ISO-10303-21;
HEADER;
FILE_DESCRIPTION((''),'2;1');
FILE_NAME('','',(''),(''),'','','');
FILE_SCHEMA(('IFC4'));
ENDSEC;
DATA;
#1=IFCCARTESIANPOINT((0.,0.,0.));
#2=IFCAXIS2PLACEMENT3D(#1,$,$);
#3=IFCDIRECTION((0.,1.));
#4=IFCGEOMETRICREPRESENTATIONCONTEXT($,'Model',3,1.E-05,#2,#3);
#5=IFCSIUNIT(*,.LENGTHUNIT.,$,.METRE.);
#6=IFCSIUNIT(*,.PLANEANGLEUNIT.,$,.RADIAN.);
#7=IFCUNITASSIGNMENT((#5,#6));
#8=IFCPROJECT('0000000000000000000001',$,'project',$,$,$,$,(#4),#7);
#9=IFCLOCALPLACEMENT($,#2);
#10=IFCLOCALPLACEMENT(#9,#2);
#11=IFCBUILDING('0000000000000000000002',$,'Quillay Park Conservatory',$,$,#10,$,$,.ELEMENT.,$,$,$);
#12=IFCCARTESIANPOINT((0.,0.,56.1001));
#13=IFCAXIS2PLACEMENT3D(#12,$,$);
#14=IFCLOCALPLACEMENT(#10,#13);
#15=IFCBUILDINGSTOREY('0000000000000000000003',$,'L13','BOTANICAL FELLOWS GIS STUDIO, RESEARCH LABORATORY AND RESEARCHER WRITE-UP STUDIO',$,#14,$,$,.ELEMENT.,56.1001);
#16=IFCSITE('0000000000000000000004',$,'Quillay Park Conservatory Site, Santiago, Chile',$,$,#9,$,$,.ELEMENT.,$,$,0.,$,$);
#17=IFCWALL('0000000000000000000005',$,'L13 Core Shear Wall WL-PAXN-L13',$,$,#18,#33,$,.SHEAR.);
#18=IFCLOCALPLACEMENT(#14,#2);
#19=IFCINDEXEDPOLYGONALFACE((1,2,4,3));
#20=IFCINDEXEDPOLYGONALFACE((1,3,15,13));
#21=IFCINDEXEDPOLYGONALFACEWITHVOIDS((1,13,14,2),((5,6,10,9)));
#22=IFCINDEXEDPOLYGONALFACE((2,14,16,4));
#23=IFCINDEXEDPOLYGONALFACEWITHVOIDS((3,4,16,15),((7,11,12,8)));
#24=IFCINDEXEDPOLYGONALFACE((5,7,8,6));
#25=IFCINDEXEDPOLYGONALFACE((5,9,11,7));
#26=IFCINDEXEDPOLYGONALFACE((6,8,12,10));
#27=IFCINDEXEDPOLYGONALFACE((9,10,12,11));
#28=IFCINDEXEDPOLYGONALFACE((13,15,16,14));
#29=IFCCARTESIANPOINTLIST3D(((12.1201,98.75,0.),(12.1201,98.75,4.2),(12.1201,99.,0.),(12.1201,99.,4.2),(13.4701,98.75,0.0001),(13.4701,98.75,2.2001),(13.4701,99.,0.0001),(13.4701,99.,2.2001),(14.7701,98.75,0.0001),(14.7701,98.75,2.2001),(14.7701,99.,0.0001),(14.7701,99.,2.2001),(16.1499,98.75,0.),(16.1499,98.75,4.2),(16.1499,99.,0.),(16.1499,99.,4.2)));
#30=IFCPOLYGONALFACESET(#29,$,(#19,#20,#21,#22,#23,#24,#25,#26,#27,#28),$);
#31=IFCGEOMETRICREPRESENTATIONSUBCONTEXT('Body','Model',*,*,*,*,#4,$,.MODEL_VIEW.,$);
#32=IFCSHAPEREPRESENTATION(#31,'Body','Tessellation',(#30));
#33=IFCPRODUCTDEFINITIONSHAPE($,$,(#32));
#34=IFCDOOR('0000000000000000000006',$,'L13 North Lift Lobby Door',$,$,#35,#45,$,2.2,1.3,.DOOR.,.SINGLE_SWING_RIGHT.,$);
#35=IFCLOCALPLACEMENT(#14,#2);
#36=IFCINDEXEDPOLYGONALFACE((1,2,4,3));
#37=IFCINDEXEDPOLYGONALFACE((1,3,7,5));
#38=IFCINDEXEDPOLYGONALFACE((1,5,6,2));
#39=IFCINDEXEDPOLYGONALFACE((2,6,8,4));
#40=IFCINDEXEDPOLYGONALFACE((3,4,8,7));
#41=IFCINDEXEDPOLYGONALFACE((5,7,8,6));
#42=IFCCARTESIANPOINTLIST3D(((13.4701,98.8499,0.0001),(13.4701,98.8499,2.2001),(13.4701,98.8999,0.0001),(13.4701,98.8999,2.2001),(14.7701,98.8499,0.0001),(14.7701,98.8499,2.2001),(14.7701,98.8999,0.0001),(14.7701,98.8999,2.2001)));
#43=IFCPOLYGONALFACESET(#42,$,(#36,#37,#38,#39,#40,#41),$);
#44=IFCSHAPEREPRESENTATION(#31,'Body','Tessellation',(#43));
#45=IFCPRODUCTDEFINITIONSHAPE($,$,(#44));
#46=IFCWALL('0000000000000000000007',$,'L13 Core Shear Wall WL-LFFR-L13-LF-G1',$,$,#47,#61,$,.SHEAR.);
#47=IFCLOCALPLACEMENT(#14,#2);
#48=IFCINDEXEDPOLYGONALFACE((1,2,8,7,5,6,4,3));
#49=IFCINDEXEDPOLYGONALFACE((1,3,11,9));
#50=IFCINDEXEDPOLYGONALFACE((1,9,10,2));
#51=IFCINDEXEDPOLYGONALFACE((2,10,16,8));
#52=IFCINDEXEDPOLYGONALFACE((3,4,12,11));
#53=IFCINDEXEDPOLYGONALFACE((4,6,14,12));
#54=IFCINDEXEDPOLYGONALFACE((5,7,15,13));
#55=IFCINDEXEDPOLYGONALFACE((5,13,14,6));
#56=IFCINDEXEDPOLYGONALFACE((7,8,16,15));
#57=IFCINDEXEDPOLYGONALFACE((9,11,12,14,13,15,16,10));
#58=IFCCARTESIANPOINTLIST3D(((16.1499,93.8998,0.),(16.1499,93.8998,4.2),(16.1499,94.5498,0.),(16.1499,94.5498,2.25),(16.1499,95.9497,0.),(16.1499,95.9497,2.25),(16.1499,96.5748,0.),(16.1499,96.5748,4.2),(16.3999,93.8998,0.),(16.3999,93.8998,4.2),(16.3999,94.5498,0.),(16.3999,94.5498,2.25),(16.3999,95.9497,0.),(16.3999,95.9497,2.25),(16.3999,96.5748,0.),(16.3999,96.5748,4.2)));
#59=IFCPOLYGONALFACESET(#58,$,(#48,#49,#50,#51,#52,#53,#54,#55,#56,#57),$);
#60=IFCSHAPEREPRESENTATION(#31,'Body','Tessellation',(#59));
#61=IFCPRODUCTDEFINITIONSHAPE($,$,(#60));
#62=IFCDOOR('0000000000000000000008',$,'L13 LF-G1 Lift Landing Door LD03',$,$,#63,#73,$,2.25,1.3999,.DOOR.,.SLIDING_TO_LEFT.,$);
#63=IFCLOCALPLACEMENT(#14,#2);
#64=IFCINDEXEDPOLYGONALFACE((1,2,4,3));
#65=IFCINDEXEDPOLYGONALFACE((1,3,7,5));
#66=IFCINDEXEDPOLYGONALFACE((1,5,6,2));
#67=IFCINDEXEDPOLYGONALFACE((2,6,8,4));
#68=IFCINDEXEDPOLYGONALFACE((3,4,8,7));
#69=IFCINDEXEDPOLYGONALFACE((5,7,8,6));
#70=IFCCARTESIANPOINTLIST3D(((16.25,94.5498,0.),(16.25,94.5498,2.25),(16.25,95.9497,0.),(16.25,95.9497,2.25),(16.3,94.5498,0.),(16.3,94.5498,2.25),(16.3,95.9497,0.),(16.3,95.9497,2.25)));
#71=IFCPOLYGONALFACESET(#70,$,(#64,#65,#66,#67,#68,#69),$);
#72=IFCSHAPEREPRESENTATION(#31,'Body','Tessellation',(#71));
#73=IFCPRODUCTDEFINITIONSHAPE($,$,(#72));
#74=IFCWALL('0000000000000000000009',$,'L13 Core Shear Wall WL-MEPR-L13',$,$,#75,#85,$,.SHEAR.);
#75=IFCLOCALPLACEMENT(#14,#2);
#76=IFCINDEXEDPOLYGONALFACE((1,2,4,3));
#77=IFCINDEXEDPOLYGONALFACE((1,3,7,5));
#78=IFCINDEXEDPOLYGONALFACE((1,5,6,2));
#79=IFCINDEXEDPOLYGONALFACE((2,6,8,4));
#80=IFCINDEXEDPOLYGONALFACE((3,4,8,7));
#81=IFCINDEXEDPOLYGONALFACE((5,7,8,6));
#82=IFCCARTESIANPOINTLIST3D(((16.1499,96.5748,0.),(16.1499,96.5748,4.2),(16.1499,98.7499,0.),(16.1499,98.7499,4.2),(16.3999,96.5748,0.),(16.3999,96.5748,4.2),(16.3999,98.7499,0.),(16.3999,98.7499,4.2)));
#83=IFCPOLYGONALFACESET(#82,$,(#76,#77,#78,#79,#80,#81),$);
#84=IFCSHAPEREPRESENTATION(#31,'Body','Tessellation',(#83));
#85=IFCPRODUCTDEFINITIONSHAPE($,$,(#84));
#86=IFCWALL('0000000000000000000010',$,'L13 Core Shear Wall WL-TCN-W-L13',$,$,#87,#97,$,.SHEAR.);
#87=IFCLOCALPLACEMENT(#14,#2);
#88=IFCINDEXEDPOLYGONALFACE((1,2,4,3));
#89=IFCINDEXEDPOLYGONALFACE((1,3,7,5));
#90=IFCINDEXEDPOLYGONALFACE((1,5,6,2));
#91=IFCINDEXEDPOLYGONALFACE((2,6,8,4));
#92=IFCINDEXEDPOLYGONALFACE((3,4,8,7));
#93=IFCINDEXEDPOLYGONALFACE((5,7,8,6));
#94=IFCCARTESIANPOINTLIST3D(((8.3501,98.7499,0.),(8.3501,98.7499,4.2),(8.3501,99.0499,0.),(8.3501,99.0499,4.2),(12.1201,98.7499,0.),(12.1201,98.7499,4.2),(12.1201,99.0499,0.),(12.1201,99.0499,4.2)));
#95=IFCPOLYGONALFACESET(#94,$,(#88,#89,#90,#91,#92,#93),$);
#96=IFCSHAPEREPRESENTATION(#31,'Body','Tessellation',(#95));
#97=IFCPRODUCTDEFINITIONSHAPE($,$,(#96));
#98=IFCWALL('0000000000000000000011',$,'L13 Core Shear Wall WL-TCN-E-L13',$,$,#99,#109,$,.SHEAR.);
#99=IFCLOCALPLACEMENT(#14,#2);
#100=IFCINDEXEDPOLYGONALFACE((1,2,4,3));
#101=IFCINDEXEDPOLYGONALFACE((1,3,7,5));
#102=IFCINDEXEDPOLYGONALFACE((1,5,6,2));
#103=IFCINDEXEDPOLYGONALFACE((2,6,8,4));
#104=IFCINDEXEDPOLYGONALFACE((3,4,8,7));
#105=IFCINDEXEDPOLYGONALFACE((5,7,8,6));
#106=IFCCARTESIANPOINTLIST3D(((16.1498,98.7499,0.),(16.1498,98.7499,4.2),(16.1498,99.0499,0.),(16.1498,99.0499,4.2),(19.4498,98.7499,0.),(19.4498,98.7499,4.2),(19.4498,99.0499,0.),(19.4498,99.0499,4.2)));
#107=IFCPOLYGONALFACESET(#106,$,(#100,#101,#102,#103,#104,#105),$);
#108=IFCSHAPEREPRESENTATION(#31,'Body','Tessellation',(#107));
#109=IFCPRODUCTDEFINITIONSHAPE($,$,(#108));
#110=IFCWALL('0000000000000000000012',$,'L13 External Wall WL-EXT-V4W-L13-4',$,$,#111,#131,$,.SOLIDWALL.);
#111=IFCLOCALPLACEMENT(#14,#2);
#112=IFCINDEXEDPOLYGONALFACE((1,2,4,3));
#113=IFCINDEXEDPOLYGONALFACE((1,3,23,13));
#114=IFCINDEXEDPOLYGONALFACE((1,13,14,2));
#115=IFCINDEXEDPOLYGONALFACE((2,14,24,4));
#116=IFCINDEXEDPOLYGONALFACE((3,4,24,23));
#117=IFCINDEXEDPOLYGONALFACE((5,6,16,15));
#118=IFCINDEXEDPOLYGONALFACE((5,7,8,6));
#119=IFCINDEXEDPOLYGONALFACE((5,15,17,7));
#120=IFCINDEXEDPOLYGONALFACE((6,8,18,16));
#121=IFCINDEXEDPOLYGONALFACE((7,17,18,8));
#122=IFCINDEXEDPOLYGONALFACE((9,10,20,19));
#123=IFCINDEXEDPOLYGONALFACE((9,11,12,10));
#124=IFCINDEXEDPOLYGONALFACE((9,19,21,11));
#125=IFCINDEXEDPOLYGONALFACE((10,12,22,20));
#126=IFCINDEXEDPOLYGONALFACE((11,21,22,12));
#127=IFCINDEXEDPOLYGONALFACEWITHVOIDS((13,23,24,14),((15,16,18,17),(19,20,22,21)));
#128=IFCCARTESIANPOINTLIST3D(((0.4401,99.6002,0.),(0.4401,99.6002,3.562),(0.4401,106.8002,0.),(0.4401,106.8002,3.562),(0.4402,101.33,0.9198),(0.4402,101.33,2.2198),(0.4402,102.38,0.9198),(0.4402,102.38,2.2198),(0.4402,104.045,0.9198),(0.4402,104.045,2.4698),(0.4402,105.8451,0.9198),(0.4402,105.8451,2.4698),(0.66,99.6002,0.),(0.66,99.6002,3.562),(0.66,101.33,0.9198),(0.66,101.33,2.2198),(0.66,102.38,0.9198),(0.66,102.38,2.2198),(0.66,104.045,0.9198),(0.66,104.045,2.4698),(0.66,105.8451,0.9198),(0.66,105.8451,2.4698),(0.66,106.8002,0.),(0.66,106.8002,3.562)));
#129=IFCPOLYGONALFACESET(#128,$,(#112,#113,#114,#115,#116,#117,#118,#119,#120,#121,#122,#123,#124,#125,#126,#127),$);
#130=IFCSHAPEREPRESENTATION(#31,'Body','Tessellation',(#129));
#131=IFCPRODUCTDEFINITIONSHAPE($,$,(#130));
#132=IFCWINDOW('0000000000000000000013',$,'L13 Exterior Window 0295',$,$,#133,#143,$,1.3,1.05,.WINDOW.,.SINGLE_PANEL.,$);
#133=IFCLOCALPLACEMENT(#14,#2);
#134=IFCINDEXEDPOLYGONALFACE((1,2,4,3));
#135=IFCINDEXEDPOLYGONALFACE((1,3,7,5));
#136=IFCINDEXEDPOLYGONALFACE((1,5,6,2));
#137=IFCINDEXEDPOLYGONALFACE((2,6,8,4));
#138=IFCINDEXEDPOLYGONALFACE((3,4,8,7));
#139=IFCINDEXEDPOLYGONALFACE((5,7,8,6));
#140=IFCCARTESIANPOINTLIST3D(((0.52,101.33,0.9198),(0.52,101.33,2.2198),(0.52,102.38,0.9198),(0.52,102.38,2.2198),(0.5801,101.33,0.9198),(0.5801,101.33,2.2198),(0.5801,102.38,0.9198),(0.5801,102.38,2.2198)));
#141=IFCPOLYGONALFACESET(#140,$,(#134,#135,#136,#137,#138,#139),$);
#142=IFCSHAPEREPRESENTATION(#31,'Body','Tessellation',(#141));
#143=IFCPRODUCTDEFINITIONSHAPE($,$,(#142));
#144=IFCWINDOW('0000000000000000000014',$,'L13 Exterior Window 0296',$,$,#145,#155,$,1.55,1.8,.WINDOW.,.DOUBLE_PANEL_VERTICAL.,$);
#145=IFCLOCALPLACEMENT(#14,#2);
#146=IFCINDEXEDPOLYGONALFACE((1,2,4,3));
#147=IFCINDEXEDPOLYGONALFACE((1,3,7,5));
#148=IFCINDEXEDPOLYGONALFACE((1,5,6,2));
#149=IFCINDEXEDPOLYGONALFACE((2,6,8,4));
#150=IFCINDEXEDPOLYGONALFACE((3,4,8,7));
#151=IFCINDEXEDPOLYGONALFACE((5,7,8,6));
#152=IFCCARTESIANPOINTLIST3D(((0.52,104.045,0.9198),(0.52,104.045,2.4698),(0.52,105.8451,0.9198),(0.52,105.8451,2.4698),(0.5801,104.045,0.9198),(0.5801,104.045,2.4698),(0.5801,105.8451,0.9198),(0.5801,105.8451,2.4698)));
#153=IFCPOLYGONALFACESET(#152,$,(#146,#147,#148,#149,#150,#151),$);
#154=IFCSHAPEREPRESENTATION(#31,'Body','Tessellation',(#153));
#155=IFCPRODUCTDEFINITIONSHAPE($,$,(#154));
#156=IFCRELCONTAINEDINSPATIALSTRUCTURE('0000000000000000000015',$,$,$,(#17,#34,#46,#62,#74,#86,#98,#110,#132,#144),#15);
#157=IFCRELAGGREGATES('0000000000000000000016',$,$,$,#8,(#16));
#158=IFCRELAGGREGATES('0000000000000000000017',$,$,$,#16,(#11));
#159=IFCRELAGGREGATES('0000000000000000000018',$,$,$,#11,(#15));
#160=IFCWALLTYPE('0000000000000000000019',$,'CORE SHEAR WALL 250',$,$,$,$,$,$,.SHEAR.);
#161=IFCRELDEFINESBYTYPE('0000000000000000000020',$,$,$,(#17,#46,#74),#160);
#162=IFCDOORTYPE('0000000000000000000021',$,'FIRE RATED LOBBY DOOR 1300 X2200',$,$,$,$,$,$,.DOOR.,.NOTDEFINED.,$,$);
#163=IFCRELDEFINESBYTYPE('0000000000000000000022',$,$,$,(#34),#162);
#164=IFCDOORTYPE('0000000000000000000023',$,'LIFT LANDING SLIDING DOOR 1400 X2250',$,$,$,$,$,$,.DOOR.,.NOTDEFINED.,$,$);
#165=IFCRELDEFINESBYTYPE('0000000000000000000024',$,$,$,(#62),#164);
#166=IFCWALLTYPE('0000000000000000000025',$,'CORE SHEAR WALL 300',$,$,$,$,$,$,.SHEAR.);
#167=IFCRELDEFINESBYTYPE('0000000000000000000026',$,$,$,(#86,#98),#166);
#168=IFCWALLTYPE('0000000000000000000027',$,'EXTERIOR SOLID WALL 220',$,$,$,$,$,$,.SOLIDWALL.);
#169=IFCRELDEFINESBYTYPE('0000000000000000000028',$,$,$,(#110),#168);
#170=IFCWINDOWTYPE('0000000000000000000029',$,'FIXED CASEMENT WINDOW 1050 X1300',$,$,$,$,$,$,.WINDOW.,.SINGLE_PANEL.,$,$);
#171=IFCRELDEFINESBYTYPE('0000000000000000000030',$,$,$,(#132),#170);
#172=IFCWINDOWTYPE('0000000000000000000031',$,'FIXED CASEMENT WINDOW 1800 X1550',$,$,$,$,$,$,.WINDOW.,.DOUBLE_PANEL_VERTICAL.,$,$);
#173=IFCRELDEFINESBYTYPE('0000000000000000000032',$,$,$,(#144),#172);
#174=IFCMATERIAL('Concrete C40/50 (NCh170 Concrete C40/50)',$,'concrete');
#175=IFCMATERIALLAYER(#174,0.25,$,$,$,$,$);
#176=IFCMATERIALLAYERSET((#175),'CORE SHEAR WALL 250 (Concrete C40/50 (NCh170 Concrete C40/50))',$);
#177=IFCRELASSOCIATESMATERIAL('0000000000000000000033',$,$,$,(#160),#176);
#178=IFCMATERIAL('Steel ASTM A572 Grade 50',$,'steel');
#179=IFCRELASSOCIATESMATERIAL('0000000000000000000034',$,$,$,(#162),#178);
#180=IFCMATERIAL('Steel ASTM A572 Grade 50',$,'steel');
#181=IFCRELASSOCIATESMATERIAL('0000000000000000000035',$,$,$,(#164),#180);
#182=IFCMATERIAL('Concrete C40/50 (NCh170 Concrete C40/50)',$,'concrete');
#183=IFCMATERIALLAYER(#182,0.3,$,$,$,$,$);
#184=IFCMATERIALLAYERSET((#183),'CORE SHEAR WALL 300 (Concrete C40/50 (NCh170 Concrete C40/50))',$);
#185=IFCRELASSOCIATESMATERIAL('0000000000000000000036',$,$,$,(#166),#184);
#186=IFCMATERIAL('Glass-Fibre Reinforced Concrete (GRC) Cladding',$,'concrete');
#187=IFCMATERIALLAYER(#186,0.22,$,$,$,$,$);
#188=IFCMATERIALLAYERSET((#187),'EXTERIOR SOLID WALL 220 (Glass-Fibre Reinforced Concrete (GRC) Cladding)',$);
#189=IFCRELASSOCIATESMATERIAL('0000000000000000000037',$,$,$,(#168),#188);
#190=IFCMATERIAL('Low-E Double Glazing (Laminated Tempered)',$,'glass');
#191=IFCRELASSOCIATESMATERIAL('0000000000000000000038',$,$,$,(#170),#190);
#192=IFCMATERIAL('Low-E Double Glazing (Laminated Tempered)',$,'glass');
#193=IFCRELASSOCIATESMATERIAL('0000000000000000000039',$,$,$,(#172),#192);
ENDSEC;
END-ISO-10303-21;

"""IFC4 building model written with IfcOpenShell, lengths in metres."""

from ifc_helpers import new_model, si_unit, direction, frame, frame_2d, origin, place, context, subcontext, project, spatial, rectangle, extrude, material, layer, layer_set, type_object, element, fill, save


model = new_model("IFC4")

# Units and contexts
model_context = context("Model", 3, precision=1e-05, world=origin(), true_north=direction((0.0, 1.0)))
body_context = subcontext(model_context, "Body", "Model", "MODEL_VIEW")
ifc_project = project(units=[si_unit("LENGTHUNIT", "METRE"), si_unit("PLANEANGLEUNIT", "RADIAN")], contexts=[model_context])

# Site, building, storey
site_placement = place(None, origin())
site = spatial("IfcSite", under=ifc_project, at=site_placement, Name="Quillay Park Conservatory Site, Santiago, Chile", CompositionType="ELEMENT", RefElevation=0.0)
building_placement = place(site_placement, origin())
building = spatial("IfcBuilding", under=site, at=building_placement, Name="Quillay Park Conservatory", CompositionType="ELEMENT")
storey_placement = place(building_placement, frame((0.0, 0.0, 56.1001)))
storey = spatial("IfcBuildingStorey", under=building, at=storey_placement, Name="L13", Description="BOTANICAL FELLOWS GIS STUDIO, RESEARCH LABORATORY AND RESEARCHER WRITE-UP STUDIO", CompositionType="ELEMENT", Elevation=56.1001)

# Walls, openings, doors
ifc_material_1 = material(Name="Concrete C40/50 (NCh170 Concrete C40/50)", Category="concrete")
ifc_layer_1 = layer(ifc_material_1, 0.25)
ifc_layer_set_1 = layer_set([ifc_layer_1], Name="CORE SHEAR WALL 250 (Concrete C40/50 (NCh170 Concrete C40/50))")
wall_type_1 = type_object("IfcWallType", Name="CORE SHEAR WALL 250", PredefinedType="SHEAR", material=ifc_layer_set_1)
wall_1_placement = place(storey_placement, frame((12.1201, 98.875, 0.0), z_axis=(0.0, 0.0, 1.0), x_axis=(1.0, 0.0, 0.0)))
wall_1 = element("IfcWall", 1, at=wall_1_placement, inside=storey, type_object=wall_type_1, Name="L13 Core Shear Wall WL-PAXN-L13", PredefinedType="SHEAR", context=body_context, shape_type="SweptSolid", body=[
    extrude(rectangle(XDim=4.0298, YDim=0.25, at=frame_2d((2.0149, 0.0))), origin(), (0.0, 0.0, 1.0), 4.2),
])
opening_1_placement = place(wall_1_placement, frame((1.3501, 0.0, 0.0)))
opening_1 = element("IfcOpeningElement", 2, at=opening_1_placement, cuts=wall_1, PredefinedType="OPENING", context=body_context, shape_type="SweptSolid", body=[
    extrude(rectangle(XDim=1.3, YDim=2.2, at=frame_2d((0.6499, 1.1001))), frame((0.0, 0.125, 0.0), z_axis=(0.0, -1.0, 0.0), x_axis=(1.0, 0.0, 0.0)), (0.0, 0.0, 1.0), 0.25),
])
ifc_material_2 = material(Name="Steel ASTM A572 Grade 50", Category="steel")
door_type_1 = type_object("IfcDoorType", Name="FIRE RATED LOBBY DOOR 1300 X2200", OperationType="NOTDEFINED", PredefinedType="DOOR", material=ifc_material_2)
door_1_placement = place(opening_1_placement, origin())
door_1 = element("IfcDoor", 3, at=door_1_placement, inside=storey, type_object=door_type_1, Name="L13 North Lift Lobby Door", OperationType="SINGLE_SWING_RIGHT", OverallHeight=2.2, OverallWidth=1.3, PredefinedType="DOOR", context=body_context, shape_type="SweptSolid", body=[
    extrude(rectangle(XDim=1.3, YDim=2.2, at=frame_2d((0.6499, 1.1001))), frame((0.0, 0.0249, 0.0), z_axis=(0.0, -1.0, 0.0), x_axis=(1.0, 0.0, 0.0)), (0.0, 0.0, 1.0), 0.05),
])
fill(opening_1, door_1)
wall_2_placement = place(storey_placement, frame((16.2749, 93.8999, 0.0), z_axis=(0.0, 0.0, 1.0), x_axis=(0.0, 1.0, 0.0)))
wall_2 = element("IfcWall", 4, at=wall_2_placement, inside=storey, type_object=wall_type_1, Name="L13 Core Shear Wall WL-LFFR-L13-LF-G1", PredefinedType="SHEAR", context=body_context, shape_type="SweptSolid", body=[
    extrude(rectangle(XDim=2.675, YDim=0.25, at=frame_2d((1.3374, 0.0))), origin(), (0.0, 0.0, 1.0), 4.2),
])
opening_2_placement = place(wall_2_placement, frame((0.6499, 0.0, 0.0)))
opening_2 = element("IfcOpeningElement", 5, at=opening_2_placement, cuts=wall_2, PredefinedType="OPENING", context=body_context, shape_type="SweptSolid", body=[
    extrude(rectangle(XDim=1.3999, YDim=2.25, at=frame_2d((0.7, 1.125))), frame((0.0, 0.125, 0.0), z_axis=(0.0, -1.0, 0.0), x_axis=(1.0, 0.0, 0.0)), (0.0, 0.0, 1.0), 0.25),
])
ifc_material_3 = material(Name="Steel ASTM A572 Grade 50", Category="steel")
door_type_2 = type_object("IfcDoorType", Name="LIFT LANDING SLIDING DOOR 1400 X2250", OperationType="NOTDEFINED", PredefinedType="DOOR", material=ifc_material_3)
door_2_placement = place(opening_2_placement, origin())
door_2 = element("IfcDoor", 6, at=door_2_placement, inside=storey, type_object=door_type_2, Name="L13 LF-G1 Lift Landing Door LD03", OperationType="SLIDING_TO_LEFT", OverallHeight=2.25, OverallWidth=1.3999, PredefinedType="DOOR", context=body_context, shape_type="SweptSolid", body=[
    extrude(rectangle(XDim=1.3999, YDim=2.25, at=frame_2d((0.7, 1.125))), frame((0.0, 0.0249, 0.0), z_axis=(0.0, -1.0, 0.0), x_axis=(1.0, 0.0, 0.0)), (0.0, 0.0, 1.0), 0.05),
])
fill(opening_2, door_2)

# Walls
wall_3_placement = place(storey_placement, frame((16.2749, 96.575, 0.0), z_axis=(0.0, 0.0, 1.0), x_axis=(0.0, 1.0, 0.0)))
element("IfcWall", 7, at=wall_3_placement, inside=storey, type_object=wall_type_1, Name="L13 Core Shear Wall WL-MEPR-L13", PredefinedType="SHEAR", context=body_context, shape_type="SweptSolid", body=[
    extrude(rectangle(XDim=2.175, YDim=0.25, at=frame_2d((1.0874, 0.0))), origin(), (0.0, 0.0, 1.0), 4.2),
])
ifc_material_4 = material(Name="Concrete C40/50 (NCh170 Concrete C40/50)", Category="concrete")
ifc_layer_2 = layer(ifc_material_4, 0.3)
ifc_layer_set_2 = layer_set([ifc_layer_2], Name="CORE SHEAR WALL 300 (Concrete C40/50 (NCh170 Concrete C40/50))")
wall_type_2 = type_object("IfcWallType", Name="CORE SHEAR WALL 300", PredefinedType="SHEAR", material=ifc_layer_set_2)
wall_4_placement = place(storey_placement, frame((8.3501, 98.8999, 0.0), z_axis=(0.0, 0.0, 1.0), x_axis=(1.0, 0.0, 0.0)))
element("IfcWall", 8, at=wall_4_placement, inside=storey, type_object=wall_type_2, Name="L13 Core Shear Wall WL-TCN-W-L13", PredefinedType="SHEAR", context=body_context, shape_type="SweptSolid", body=[
    extrude(rectangle(XDim=3.77, YDim=0.3, at=frame_2d((1.885, 0.0))), origin(), (0.0, 0.0, 1.0), 4.2),
])
wall_5_placement = place(storey_placement, frame((16.1499, 98.8999, 0.0), z_axis=(0.0, 0.0, 1.0), x_axis=(1.0, 0.0, 0.0)))
element("IfcWall", 9, at=wall_5_placement, inside=storey, type_object=wall_type_2, Name="L13 Core Shear Wall WL-TCN-E-L13", PredefinedType="SHEAR", context=body_context, shape_type="SweptSolid", body=[
    extrude(rectangle(XDim=3.3, YDim=0.3, at=frame_2d((1.6499, 0.0))), origin(), (0.0, 0.0, 1.0), 4.2),
])

# Wall, openings, windows
ifc_material_5 = material(Name="Glass-Fibre Reinforced Concrete (GRC) Cladding", Category="concrete")
ifc_layer_3 = layer(ifc_material_5, 0.22)
ifc_layer_set_3 = layer_set([ifc_layer_3], Name="EXTERIOR SOLID WALL 220 (Glass-Fibre Reinforced Concrete (GRC) Cladding)")
wall_type_3 = type_object("IfcWallType", Name="EXTERIOR SOLID WALL 220", PredefinedType="SOLIDWALL", material=ifc_layer_set_3)
wall_6_placement = place(storey_placement, frame((0.55, 99.6001, 0.0), z_axis=(0.0, 0.0, 1.0), x_axis=(0.0, 1.0, 0.0)))
wall_6 = element("IfcWall", 10, at=wall_6_placement, inside=storey, type_object=wall_type_3, Name="L13 External Wall WL-EXT-V4W-L13-4", PredefinedType="SOLIDWALL", context=body_context, shape_type="SweptSolid", body=[
    extrude(rectangle(XDim=7.2, YDim=0.22, at=frame_2d((3.6001, 0.0))), origin(), (0.0, 0.0, 1.0), 3.562),
])
opening_3_placement = place(wall_6_placement, frame((1.73, 0.0, 0.9199)))
opening_3 = element("IfcOpeningElement", 11, at=opening_3_placement, cuts=wall_6, PredefinedType="OPENING", context=body_context, shape_type="SweptSolid", body=[
    extrude(rectangle(XDim=1.05, YDim=1.3, at=frame_2d((0.5249, 0.6499))), frame((0.0, 0.1099, 0.0), z_axis=(0.0, -1.0, 0.0), x_axis=(1.0, 0.0, 0.0)), (0.0, 0.0, 1.0), 0.22),
])
opening_4_placement = place(wall_6_placement, frame((4.4451, 0.0, 0.9199)))
opening_4 = element("IfcOpeningElement", 12, at=opening_4_placement, cuts=wall_6, PredefinedType="OPENING", context=body_context, shape_type="SweptSolid", body=[
    extrude(rectangle(XDim=1.8, YDim=1.55, at=frame_2d((0.8999, 0.7749))), frame((0.0, 0.1099, 0.0), z_axis=(0.0, -1.0, 0.0), x_axis=(1.0, 0.0, 0.0)), (0.0, 0.0, 1.0), 0.22),
])
ifc_material_6 = material(Name="Low-E Double Glazing (Laminated Tempered)", Category="glass")
window_type_1 = type_object("IfcWindowType", Name="FIXED CASEMENT WINDOW 1050 X1300", PartitioningType="SINGLE_PANEL", PredefinedType="WINDOW", material=ifc_material_6)
window_1_placement = place(opening_3_placement, origin())
window_1 = element("IfcWindow", 13, at=window_1_placement, inside=storey, type_object=window_type_1, Name="L13 Exterior Window 0295", OverallHeight=1.3, OverallWidth=1.05, PartitioningType="SINGLE_PANEL", PredefinedType="WINDOW", context=body_context, shape_type="SweptSolid", body=[
    extrude(rectangle(XDim=1.05, YDim=1.3, at=frame_2d((0.5249, 0.6499))), frame((0.0, 0.03, 0.0), z_axis=(0.0, -1.0, 0.0), x_axis=(1.0, 0.0, 0.0)), (0.0, 0.0, 1.0), 0.0601),
])
fill(opening_3, window_1)
ifc_material_7 = material(Name="Low-E Double Glazing (Laminated Tempered)", Category="glass")
window_type_2 = type_object("IfcWindowType", Name="FIXED CASEMENT WINDOW 1800 X1550", PartitioningType="DOUBLE_PANEL_VERTICAL", PredefinedType="WINDOW", material=ifc_material_7)
window_2_placement = place(opening_4_placement, origin())
window_2 = element("IfcWindow", 14, at=window_2_placement, inside=storey, type_object=window_type_2, Name="L13 Exterior Window 0296", OverallHeight=1.55, OverallWidth=1.8, PartitioningType="DOUBLE_PANEL_VERTICAL", PredefinedType="WINDOW", context=body_context, shape_type="SweptSolid", body=[
    extrude(rectangle(XDim=1.8, YDim=1.55, at=frame_2d((0.8999, 0.7749))), frame((0.0, 0.03, 0.0), z_axis=(0.0, -1.0, 0.0), x_axis=(1.0, 0.0, 0.0)), (0.0, 0.0, 1.0), 0.0601),
])
fill(opening_4, window_2)

save(model, "model.ifc")
